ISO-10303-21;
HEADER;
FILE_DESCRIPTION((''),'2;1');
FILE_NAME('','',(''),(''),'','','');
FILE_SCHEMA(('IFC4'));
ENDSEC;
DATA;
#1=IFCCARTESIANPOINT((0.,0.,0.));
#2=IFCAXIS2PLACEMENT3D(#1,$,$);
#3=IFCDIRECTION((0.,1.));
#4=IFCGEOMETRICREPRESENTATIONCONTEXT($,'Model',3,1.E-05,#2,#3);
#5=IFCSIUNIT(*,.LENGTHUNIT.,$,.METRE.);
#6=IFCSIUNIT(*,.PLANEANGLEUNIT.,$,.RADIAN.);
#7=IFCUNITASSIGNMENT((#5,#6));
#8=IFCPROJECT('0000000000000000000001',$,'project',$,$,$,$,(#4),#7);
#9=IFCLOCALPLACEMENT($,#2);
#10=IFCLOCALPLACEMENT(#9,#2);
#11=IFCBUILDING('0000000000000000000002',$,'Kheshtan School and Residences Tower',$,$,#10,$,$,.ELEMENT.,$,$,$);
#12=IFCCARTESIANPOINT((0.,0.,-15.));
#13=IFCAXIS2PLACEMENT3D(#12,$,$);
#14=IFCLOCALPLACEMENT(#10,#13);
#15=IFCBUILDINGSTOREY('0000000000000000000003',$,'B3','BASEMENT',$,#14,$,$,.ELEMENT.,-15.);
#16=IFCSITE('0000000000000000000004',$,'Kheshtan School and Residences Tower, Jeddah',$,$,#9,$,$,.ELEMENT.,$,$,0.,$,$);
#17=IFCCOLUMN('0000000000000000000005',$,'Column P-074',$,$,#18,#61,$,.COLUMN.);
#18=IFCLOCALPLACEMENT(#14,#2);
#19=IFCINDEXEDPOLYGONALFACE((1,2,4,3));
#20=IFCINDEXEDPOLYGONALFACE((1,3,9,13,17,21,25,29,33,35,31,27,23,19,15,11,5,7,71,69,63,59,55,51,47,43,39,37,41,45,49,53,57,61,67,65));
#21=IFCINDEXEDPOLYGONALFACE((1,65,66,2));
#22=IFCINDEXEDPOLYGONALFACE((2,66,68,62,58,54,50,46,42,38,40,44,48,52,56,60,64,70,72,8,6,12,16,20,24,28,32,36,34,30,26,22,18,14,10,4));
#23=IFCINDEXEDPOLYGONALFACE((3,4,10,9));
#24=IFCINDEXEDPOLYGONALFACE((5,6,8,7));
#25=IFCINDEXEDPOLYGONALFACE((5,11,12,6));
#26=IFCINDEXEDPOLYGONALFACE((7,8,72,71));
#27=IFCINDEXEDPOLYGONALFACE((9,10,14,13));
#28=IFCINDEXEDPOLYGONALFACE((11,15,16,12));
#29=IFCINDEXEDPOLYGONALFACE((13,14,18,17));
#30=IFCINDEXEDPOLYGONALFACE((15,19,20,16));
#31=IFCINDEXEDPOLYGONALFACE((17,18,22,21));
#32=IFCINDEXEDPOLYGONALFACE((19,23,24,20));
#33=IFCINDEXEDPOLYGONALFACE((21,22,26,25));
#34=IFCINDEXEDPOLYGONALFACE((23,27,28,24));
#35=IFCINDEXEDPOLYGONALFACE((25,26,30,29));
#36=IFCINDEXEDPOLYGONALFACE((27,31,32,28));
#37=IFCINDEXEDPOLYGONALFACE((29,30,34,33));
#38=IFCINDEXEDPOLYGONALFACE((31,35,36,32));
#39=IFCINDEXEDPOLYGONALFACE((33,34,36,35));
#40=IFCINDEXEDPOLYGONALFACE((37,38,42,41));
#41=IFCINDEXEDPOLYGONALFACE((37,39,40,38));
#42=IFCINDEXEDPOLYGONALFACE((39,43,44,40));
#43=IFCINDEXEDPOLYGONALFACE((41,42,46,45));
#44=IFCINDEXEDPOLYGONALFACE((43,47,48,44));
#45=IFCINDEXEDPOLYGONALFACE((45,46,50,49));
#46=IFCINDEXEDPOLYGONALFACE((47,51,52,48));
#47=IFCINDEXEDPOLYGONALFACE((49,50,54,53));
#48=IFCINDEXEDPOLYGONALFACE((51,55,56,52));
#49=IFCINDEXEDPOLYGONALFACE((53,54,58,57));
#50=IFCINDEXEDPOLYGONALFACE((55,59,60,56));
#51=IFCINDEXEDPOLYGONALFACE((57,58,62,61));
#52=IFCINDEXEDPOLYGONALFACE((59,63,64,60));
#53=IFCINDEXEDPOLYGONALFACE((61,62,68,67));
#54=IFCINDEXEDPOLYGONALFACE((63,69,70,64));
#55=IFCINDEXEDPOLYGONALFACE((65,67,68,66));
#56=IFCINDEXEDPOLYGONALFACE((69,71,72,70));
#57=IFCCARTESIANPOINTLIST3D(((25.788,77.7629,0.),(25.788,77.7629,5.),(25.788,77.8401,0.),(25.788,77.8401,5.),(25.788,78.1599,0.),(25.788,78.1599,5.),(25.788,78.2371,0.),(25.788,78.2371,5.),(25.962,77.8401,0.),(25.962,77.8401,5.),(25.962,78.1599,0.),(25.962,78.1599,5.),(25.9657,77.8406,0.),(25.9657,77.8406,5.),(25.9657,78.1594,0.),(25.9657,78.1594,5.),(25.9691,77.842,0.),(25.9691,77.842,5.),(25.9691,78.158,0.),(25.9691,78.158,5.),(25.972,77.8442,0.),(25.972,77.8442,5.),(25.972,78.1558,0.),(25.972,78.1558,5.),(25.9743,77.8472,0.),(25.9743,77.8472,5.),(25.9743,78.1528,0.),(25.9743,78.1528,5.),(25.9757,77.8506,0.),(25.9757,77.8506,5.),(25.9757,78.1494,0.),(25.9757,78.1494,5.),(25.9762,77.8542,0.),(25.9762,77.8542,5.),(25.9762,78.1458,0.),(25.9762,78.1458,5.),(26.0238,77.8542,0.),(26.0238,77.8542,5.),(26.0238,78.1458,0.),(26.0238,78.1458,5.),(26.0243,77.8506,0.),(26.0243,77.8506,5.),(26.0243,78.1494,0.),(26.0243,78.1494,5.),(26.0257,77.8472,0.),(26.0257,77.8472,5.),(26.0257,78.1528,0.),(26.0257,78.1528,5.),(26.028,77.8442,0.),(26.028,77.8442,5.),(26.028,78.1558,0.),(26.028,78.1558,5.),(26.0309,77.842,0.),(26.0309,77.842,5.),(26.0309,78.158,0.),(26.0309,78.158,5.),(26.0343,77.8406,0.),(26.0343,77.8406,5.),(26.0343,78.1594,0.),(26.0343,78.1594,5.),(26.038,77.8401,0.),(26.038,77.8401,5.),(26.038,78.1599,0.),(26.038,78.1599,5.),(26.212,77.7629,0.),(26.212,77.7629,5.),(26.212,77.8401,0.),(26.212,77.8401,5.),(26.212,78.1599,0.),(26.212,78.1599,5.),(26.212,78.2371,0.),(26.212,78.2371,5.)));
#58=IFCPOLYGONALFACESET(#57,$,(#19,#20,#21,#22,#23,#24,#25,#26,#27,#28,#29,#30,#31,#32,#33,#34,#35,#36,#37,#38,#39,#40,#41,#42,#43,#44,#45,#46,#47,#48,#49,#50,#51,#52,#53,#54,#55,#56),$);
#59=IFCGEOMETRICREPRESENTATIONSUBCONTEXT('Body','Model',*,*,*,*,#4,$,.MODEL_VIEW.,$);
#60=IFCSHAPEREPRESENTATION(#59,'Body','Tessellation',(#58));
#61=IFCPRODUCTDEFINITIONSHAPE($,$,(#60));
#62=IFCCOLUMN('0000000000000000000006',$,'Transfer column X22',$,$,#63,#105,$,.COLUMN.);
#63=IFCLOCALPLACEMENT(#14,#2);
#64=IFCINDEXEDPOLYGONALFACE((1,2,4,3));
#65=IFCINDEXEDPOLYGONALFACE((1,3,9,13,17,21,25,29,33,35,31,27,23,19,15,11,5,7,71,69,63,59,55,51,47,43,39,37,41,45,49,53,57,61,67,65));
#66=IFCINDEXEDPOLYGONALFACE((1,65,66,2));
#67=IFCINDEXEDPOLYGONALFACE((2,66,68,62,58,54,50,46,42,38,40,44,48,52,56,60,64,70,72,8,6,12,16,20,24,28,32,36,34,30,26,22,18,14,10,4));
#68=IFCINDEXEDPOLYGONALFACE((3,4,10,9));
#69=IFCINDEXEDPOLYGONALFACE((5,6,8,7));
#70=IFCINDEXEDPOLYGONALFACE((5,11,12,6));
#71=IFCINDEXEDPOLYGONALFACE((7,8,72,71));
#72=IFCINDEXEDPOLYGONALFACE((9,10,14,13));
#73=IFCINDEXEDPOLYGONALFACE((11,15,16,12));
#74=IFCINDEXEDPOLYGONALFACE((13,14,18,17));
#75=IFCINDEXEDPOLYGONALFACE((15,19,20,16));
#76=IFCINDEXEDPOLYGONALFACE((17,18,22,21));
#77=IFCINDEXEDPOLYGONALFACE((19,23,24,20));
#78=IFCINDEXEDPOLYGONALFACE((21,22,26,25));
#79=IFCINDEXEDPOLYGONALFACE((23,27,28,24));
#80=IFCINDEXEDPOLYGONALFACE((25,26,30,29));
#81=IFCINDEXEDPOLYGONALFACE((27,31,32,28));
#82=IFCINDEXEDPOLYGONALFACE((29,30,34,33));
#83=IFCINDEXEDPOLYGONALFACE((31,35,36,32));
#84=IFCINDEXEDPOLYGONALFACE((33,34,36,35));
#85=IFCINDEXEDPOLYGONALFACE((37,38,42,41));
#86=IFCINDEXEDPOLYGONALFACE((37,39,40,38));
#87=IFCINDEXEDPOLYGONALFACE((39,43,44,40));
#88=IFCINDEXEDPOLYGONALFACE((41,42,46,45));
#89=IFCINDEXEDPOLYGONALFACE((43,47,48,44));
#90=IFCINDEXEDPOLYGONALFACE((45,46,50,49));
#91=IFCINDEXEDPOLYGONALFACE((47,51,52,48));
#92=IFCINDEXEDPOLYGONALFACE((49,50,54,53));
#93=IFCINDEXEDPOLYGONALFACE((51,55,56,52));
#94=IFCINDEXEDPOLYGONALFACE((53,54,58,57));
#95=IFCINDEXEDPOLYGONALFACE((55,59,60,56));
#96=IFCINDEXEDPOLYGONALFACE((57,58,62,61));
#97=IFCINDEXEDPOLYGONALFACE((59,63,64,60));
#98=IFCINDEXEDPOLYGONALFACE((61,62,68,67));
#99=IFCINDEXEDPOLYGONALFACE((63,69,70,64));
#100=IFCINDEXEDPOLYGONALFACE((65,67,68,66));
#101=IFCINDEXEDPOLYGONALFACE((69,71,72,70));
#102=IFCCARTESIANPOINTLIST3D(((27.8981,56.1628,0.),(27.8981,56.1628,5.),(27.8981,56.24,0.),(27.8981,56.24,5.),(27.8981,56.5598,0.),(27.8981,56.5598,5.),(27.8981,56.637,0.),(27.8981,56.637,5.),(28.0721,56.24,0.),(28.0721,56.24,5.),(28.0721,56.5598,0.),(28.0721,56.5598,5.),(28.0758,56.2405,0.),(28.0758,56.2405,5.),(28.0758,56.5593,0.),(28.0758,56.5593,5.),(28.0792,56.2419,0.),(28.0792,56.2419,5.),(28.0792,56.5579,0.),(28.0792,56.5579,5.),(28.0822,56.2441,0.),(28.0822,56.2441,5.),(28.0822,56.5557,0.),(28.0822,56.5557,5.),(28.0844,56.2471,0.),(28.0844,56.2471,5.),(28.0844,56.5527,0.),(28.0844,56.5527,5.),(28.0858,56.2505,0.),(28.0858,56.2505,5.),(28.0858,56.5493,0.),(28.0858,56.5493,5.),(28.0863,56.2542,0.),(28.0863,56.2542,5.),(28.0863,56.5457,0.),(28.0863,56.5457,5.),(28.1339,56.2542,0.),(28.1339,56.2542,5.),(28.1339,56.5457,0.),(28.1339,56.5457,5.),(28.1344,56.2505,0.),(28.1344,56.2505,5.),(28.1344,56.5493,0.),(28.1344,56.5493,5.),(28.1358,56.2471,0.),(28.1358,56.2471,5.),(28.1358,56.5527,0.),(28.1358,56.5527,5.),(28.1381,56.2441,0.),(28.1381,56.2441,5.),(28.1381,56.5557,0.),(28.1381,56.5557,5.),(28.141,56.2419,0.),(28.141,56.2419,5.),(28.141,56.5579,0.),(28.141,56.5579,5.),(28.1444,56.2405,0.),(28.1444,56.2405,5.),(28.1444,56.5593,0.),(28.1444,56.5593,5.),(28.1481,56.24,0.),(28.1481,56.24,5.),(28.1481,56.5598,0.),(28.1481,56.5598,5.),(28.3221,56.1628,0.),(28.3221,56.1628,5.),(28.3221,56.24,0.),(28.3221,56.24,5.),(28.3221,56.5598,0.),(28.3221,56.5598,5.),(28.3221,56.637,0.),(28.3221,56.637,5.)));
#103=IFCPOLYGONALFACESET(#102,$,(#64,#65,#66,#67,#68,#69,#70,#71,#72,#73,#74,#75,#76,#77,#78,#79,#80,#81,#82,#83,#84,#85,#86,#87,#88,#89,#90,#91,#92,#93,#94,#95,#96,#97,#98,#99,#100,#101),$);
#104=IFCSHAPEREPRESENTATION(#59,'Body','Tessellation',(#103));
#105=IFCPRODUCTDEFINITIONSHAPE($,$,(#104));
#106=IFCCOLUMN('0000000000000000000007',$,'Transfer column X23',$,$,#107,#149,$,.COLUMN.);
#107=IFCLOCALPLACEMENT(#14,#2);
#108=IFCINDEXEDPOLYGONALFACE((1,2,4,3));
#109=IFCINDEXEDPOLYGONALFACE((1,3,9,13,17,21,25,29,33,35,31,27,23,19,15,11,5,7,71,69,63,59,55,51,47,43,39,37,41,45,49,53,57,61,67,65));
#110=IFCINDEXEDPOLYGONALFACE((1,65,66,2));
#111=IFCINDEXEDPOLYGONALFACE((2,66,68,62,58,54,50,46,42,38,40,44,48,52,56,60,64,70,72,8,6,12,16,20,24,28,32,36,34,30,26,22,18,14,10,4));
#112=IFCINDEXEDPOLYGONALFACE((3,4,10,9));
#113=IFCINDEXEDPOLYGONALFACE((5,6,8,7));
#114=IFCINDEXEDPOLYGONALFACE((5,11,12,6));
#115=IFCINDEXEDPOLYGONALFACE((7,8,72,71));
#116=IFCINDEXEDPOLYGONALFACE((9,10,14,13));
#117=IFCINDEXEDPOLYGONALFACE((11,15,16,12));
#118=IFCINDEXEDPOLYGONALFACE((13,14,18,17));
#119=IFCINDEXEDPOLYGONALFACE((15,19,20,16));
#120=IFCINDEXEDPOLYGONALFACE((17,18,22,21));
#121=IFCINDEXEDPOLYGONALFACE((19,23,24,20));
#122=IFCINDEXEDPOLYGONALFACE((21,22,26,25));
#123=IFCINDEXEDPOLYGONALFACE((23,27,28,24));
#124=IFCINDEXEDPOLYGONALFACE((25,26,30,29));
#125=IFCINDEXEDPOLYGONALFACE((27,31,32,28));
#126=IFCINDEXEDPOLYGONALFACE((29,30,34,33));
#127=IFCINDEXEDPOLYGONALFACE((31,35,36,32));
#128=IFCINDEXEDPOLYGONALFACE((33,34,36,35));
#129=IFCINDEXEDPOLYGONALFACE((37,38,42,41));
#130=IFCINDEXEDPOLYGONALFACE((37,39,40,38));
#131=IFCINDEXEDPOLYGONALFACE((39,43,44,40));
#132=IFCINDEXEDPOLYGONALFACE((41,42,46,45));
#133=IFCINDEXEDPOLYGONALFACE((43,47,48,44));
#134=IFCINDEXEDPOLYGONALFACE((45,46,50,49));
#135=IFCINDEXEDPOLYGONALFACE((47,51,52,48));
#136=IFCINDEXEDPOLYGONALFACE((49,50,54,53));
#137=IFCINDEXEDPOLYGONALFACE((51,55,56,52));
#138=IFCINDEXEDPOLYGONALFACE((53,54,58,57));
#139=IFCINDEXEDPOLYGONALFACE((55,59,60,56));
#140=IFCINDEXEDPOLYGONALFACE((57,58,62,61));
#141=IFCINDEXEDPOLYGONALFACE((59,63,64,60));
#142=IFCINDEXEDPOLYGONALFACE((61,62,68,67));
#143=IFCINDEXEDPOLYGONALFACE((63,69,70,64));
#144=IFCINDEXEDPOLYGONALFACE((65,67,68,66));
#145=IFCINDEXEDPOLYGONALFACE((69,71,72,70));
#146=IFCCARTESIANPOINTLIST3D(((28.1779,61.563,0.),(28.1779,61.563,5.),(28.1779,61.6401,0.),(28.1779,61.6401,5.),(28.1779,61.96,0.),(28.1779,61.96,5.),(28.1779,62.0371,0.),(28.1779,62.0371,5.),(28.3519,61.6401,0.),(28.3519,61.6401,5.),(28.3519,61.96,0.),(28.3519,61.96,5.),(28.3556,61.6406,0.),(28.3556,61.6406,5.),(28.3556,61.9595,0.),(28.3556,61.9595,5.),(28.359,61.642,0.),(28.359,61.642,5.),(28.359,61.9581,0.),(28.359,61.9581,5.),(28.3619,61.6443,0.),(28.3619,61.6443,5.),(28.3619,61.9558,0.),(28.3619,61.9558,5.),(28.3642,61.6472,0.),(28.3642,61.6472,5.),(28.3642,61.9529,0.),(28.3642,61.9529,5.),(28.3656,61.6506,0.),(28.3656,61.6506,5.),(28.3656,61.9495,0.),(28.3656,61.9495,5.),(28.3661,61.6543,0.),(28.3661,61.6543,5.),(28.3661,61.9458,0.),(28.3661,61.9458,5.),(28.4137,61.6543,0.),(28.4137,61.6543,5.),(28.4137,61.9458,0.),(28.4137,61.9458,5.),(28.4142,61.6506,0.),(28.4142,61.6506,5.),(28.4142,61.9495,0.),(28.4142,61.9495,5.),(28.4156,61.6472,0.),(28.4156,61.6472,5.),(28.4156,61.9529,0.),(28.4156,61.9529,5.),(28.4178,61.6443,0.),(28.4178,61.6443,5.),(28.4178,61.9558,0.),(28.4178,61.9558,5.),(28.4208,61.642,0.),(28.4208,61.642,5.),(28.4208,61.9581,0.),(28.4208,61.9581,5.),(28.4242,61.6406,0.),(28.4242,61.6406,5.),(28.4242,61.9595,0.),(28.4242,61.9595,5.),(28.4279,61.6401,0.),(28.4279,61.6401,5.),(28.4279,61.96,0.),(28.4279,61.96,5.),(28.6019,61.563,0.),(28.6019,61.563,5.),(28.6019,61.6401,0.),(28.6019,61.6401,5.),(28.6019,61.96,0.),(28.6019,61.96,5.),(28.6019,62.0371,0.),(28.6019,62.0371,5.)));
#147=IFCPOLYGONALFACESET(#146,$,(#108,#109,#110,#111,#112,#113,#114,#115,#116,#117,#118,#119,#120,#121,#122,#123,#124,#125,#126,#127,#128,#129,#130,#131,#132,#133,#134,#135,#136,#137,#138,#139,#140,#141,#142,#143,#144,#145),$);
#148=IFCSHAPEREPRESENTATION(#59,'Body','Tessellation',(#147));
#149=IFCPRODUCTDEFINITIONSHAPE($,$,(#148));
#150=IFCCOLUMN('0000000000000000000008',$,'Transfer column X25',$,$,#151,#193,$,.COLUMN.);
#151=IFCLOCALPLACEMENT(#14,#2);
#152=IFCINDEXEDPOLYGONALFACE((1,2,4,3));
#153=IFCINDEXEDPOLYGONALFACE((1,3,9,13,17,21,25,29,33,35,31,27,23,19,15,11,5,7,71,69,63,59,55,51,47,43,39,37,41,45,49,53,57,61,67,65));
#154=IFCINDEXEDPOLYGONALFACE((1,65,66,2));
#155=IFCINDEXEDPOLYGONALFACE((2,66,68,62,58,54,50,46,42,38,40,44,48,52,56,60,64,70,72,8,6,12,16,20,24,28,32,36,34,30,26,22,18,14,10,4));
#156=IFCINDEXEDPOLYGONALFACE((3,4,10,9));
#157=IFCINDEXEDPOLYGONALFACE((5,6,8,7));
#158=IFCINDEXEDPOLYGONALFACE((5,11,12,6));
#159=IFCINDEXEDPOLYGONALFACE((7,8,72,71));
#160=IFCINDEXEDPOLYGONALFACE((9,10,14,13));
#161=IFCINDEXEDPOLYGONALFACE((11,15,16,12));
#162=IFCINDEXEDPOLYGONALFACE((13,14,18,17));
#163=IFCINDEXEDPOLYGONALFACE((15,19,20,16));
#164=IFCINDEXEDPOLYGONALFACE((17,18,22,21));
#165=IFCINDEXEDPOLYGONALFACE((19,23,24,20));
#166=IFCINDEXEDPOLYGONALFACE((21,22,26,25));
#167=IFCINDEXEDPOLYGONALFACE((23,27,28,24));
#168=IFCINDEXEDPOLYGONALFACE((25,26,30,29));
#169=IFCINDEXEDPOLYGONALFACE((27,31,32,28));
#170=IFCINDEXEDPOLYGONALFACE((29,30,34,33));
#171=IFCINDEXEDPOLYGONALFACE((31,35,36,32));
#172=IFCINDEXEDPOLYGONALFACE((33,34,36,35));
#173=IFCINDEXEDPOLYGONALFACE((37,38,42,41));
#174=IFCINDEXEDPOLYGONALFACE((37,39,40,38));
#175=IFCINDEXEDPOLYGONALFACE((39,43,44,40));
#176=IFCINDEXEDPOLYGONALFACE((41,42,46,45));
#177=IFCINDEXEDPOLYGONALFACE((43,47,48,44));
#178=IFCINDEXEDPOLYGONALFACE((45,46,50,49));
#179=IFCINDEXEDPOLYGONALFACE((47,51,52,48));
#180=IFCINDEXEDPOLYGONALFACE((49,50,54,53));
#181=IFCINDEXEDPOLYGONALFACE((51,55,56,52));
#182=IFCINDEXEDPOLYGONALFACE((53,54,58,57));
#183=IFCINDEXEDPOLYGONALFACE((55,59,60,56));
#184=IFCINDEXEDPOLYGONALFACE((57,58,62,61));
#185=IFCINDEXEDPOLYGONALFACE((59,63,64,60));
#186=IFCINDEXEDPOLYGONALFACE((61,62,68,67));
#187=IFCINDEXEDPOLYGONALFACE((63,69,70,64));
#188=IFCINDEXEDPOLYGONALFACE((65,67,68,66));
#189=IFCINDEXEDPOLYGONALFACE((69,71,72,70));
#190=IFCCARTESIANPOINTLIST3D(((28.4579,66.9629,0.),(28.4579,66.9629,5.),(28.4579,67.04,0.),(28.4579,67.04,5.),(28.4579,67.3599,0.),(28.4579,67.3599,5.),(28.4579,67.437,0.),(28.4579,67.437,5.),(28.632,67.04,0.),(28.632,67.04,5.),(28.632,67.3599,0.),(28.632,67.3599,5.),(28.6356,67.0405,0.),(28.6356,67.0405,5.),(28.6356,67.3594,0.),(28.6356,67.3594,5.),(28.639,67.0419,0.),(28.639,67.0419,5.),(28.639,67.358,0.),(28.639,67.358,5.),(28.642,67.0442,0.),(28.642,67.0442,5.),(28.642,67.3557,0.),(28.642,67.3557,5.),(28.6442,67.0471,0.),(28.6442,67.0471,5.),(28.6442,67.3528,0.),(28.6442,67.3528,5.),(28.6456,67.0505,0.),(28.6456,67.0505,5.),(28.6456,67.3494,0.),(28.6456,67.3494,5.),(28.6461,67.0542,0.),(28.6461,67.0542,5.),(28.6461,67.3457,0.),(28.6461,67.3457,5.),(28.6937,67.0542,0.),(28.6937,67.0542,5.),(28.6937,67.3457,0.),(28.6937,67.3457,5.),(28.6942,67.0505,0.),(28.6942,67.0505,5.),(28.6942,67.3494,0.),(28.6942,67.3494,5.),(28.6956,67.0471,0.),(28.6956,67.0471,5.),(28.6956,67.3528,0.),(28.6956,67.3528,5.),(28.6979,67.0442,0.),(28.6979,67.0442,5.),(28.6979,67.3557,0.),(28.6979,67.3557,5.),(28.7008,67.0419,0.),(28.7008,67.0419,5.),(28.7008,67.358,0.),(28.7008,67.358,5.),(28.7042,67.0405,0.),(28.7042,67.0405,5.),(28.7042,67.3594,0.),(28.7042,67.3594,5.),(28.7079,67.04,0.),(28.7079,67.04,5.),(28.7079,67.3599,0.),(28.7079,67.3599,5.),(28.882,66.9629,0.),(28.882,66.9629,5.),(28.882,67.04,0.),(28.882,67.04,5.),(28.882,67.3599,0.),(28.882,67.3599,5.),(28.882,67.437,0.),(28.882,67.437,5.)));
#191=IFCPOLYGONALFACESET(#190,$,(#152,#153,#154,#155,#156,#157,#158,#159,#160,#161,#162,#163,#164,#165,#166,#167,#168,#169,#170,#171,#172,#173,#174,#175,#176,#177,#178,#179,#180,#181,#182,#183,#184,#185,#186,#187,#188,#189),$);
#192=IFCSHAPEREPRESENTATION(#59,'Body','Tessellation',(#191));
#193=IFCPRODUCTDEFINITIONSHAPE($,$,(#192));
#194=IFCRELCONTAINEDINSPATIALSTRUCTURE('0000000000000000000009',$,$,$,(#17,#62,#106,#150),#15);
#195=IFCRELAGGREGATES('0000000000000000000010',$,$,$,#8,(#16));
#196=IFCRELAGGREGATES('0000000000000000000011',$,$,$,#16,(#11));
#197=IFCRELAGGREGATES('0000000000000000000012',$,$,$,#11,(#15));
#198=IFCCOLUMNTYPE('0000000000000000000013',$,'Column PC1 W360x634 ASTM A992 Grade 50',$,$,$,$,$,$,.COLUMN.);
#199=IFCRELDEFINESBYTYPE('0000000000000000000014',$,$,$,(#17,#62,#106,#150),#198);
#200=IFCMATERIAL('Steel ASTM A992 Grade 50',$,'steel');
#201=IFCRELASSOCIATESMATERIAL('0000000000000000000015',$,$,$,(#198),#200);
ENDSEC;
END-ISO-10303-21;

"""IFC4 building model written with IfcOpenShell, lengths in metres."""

from ifc_helpers import new_model, si_unit, direction, frame, origin, origin_2d, place, context, subcontext, project, spatial, i_section, extrude, material, material_profile, profile_set, type_object, element, save


model = new_model("IFC4")

# Units and contexts
model_context = context("Model", 3, precision=1e-05, world=origin(), true_north=direction((0.0, 1.0)))
body_context = subcontext(model_context, "Body", "Model", "MODEL_VIEW")
ifc_project = project(units=[si_unit("LENGTHUNIT", "METRE"), si_unit("PLANEANGLEUNIT", "RADIAN")], contexts=[model_context])

# Site, building, storey
site_placement = place(None, origin())
site = spatial("IfcSite", under=ifc_project, at=site_placement, Name="Kheshtan School and Residences Tower, Jeddah", CompositionType="ELEMENT", RefElevation=0.0)
building_placement = place(site_placement, origin())
building = spatial("IfcBuilding", under=site, at=building_placement, Name="Kheshtan School and Residences Tower", CompositionType="ELEMENT")
storey_placement = place(building_placement, frame((0.0, 0.0, -15.0)))
storey = spatial("IfcBuildingStorey", under=building, at=storey_placement, Name="B3", Description="BASEMENT", CompositionType="ELEMENT", Elevation=-15.0)

# Columns
ifc_material_1 = material(Name="Steel ASTM A992 Grade 50", Category="steel")
ifc_material_profile_1 = material_profile(ifc_material_1, i_section(OverallWidth=0.4241, OverallDepth=0.4741, WebThickness=0.0476, FlangeThickness=0.0771, FilletRadius=0.0142, at=origin_2d()), Name="W360x634")
ifc_profile_set_1 = profile_set([ifc_material_profile_1], Name="Steel ASTM A992 Grade 50")
column_type = type_object("IfcColumnType", Name="Column PC1 W360x634 ASTM A992 Grade 50", PredefinedType="COLUMN", material=ifc_profile_set_1)
for number, where, z_axis, x_axis, name in (
    (1, (26.0, 78.0, 0.0), (0.0, 0.0, 1.0), (1.0, 0.0, 0.0), "Column P-074"),
    (2, (28.1101, 56.3999, 0.0), (0.0, 0.0, 1.0), (1.0, 0.0, 0.0), "Transfer column X22"),
    (3, (28.3899, 61.8, 0.0), (0.0, 0.0, 1.0), (1.0, 0.0, 0.0), "Transfer column X23"),
    (4, (28.6699, 67.2, 0.0), (0.0, 0.0, 1.0), (1.0, 0.0, 0.0), "Transfer column X25"),
):
    element("IfcColumn", number, at=place(storey_placement, frame(where, z_axis=z_axis, x_axis=x_axis)), inside=storey, type_object=column_type, Name=name, PredefinedType="COLUMN", context=body_context, shape_type="SweptSolid", body=[
        extrude(i_section(OverallWidth=0.4241, OverallDepth=0.4741, WebThickness=0.0476, FlangeThickness=0.0771, FilletRadius=0.0142, at=origin_2d()), origin(), (0.0, 0.0, 1.0), 5.0),
    ])

save(model, "model.ifc")
